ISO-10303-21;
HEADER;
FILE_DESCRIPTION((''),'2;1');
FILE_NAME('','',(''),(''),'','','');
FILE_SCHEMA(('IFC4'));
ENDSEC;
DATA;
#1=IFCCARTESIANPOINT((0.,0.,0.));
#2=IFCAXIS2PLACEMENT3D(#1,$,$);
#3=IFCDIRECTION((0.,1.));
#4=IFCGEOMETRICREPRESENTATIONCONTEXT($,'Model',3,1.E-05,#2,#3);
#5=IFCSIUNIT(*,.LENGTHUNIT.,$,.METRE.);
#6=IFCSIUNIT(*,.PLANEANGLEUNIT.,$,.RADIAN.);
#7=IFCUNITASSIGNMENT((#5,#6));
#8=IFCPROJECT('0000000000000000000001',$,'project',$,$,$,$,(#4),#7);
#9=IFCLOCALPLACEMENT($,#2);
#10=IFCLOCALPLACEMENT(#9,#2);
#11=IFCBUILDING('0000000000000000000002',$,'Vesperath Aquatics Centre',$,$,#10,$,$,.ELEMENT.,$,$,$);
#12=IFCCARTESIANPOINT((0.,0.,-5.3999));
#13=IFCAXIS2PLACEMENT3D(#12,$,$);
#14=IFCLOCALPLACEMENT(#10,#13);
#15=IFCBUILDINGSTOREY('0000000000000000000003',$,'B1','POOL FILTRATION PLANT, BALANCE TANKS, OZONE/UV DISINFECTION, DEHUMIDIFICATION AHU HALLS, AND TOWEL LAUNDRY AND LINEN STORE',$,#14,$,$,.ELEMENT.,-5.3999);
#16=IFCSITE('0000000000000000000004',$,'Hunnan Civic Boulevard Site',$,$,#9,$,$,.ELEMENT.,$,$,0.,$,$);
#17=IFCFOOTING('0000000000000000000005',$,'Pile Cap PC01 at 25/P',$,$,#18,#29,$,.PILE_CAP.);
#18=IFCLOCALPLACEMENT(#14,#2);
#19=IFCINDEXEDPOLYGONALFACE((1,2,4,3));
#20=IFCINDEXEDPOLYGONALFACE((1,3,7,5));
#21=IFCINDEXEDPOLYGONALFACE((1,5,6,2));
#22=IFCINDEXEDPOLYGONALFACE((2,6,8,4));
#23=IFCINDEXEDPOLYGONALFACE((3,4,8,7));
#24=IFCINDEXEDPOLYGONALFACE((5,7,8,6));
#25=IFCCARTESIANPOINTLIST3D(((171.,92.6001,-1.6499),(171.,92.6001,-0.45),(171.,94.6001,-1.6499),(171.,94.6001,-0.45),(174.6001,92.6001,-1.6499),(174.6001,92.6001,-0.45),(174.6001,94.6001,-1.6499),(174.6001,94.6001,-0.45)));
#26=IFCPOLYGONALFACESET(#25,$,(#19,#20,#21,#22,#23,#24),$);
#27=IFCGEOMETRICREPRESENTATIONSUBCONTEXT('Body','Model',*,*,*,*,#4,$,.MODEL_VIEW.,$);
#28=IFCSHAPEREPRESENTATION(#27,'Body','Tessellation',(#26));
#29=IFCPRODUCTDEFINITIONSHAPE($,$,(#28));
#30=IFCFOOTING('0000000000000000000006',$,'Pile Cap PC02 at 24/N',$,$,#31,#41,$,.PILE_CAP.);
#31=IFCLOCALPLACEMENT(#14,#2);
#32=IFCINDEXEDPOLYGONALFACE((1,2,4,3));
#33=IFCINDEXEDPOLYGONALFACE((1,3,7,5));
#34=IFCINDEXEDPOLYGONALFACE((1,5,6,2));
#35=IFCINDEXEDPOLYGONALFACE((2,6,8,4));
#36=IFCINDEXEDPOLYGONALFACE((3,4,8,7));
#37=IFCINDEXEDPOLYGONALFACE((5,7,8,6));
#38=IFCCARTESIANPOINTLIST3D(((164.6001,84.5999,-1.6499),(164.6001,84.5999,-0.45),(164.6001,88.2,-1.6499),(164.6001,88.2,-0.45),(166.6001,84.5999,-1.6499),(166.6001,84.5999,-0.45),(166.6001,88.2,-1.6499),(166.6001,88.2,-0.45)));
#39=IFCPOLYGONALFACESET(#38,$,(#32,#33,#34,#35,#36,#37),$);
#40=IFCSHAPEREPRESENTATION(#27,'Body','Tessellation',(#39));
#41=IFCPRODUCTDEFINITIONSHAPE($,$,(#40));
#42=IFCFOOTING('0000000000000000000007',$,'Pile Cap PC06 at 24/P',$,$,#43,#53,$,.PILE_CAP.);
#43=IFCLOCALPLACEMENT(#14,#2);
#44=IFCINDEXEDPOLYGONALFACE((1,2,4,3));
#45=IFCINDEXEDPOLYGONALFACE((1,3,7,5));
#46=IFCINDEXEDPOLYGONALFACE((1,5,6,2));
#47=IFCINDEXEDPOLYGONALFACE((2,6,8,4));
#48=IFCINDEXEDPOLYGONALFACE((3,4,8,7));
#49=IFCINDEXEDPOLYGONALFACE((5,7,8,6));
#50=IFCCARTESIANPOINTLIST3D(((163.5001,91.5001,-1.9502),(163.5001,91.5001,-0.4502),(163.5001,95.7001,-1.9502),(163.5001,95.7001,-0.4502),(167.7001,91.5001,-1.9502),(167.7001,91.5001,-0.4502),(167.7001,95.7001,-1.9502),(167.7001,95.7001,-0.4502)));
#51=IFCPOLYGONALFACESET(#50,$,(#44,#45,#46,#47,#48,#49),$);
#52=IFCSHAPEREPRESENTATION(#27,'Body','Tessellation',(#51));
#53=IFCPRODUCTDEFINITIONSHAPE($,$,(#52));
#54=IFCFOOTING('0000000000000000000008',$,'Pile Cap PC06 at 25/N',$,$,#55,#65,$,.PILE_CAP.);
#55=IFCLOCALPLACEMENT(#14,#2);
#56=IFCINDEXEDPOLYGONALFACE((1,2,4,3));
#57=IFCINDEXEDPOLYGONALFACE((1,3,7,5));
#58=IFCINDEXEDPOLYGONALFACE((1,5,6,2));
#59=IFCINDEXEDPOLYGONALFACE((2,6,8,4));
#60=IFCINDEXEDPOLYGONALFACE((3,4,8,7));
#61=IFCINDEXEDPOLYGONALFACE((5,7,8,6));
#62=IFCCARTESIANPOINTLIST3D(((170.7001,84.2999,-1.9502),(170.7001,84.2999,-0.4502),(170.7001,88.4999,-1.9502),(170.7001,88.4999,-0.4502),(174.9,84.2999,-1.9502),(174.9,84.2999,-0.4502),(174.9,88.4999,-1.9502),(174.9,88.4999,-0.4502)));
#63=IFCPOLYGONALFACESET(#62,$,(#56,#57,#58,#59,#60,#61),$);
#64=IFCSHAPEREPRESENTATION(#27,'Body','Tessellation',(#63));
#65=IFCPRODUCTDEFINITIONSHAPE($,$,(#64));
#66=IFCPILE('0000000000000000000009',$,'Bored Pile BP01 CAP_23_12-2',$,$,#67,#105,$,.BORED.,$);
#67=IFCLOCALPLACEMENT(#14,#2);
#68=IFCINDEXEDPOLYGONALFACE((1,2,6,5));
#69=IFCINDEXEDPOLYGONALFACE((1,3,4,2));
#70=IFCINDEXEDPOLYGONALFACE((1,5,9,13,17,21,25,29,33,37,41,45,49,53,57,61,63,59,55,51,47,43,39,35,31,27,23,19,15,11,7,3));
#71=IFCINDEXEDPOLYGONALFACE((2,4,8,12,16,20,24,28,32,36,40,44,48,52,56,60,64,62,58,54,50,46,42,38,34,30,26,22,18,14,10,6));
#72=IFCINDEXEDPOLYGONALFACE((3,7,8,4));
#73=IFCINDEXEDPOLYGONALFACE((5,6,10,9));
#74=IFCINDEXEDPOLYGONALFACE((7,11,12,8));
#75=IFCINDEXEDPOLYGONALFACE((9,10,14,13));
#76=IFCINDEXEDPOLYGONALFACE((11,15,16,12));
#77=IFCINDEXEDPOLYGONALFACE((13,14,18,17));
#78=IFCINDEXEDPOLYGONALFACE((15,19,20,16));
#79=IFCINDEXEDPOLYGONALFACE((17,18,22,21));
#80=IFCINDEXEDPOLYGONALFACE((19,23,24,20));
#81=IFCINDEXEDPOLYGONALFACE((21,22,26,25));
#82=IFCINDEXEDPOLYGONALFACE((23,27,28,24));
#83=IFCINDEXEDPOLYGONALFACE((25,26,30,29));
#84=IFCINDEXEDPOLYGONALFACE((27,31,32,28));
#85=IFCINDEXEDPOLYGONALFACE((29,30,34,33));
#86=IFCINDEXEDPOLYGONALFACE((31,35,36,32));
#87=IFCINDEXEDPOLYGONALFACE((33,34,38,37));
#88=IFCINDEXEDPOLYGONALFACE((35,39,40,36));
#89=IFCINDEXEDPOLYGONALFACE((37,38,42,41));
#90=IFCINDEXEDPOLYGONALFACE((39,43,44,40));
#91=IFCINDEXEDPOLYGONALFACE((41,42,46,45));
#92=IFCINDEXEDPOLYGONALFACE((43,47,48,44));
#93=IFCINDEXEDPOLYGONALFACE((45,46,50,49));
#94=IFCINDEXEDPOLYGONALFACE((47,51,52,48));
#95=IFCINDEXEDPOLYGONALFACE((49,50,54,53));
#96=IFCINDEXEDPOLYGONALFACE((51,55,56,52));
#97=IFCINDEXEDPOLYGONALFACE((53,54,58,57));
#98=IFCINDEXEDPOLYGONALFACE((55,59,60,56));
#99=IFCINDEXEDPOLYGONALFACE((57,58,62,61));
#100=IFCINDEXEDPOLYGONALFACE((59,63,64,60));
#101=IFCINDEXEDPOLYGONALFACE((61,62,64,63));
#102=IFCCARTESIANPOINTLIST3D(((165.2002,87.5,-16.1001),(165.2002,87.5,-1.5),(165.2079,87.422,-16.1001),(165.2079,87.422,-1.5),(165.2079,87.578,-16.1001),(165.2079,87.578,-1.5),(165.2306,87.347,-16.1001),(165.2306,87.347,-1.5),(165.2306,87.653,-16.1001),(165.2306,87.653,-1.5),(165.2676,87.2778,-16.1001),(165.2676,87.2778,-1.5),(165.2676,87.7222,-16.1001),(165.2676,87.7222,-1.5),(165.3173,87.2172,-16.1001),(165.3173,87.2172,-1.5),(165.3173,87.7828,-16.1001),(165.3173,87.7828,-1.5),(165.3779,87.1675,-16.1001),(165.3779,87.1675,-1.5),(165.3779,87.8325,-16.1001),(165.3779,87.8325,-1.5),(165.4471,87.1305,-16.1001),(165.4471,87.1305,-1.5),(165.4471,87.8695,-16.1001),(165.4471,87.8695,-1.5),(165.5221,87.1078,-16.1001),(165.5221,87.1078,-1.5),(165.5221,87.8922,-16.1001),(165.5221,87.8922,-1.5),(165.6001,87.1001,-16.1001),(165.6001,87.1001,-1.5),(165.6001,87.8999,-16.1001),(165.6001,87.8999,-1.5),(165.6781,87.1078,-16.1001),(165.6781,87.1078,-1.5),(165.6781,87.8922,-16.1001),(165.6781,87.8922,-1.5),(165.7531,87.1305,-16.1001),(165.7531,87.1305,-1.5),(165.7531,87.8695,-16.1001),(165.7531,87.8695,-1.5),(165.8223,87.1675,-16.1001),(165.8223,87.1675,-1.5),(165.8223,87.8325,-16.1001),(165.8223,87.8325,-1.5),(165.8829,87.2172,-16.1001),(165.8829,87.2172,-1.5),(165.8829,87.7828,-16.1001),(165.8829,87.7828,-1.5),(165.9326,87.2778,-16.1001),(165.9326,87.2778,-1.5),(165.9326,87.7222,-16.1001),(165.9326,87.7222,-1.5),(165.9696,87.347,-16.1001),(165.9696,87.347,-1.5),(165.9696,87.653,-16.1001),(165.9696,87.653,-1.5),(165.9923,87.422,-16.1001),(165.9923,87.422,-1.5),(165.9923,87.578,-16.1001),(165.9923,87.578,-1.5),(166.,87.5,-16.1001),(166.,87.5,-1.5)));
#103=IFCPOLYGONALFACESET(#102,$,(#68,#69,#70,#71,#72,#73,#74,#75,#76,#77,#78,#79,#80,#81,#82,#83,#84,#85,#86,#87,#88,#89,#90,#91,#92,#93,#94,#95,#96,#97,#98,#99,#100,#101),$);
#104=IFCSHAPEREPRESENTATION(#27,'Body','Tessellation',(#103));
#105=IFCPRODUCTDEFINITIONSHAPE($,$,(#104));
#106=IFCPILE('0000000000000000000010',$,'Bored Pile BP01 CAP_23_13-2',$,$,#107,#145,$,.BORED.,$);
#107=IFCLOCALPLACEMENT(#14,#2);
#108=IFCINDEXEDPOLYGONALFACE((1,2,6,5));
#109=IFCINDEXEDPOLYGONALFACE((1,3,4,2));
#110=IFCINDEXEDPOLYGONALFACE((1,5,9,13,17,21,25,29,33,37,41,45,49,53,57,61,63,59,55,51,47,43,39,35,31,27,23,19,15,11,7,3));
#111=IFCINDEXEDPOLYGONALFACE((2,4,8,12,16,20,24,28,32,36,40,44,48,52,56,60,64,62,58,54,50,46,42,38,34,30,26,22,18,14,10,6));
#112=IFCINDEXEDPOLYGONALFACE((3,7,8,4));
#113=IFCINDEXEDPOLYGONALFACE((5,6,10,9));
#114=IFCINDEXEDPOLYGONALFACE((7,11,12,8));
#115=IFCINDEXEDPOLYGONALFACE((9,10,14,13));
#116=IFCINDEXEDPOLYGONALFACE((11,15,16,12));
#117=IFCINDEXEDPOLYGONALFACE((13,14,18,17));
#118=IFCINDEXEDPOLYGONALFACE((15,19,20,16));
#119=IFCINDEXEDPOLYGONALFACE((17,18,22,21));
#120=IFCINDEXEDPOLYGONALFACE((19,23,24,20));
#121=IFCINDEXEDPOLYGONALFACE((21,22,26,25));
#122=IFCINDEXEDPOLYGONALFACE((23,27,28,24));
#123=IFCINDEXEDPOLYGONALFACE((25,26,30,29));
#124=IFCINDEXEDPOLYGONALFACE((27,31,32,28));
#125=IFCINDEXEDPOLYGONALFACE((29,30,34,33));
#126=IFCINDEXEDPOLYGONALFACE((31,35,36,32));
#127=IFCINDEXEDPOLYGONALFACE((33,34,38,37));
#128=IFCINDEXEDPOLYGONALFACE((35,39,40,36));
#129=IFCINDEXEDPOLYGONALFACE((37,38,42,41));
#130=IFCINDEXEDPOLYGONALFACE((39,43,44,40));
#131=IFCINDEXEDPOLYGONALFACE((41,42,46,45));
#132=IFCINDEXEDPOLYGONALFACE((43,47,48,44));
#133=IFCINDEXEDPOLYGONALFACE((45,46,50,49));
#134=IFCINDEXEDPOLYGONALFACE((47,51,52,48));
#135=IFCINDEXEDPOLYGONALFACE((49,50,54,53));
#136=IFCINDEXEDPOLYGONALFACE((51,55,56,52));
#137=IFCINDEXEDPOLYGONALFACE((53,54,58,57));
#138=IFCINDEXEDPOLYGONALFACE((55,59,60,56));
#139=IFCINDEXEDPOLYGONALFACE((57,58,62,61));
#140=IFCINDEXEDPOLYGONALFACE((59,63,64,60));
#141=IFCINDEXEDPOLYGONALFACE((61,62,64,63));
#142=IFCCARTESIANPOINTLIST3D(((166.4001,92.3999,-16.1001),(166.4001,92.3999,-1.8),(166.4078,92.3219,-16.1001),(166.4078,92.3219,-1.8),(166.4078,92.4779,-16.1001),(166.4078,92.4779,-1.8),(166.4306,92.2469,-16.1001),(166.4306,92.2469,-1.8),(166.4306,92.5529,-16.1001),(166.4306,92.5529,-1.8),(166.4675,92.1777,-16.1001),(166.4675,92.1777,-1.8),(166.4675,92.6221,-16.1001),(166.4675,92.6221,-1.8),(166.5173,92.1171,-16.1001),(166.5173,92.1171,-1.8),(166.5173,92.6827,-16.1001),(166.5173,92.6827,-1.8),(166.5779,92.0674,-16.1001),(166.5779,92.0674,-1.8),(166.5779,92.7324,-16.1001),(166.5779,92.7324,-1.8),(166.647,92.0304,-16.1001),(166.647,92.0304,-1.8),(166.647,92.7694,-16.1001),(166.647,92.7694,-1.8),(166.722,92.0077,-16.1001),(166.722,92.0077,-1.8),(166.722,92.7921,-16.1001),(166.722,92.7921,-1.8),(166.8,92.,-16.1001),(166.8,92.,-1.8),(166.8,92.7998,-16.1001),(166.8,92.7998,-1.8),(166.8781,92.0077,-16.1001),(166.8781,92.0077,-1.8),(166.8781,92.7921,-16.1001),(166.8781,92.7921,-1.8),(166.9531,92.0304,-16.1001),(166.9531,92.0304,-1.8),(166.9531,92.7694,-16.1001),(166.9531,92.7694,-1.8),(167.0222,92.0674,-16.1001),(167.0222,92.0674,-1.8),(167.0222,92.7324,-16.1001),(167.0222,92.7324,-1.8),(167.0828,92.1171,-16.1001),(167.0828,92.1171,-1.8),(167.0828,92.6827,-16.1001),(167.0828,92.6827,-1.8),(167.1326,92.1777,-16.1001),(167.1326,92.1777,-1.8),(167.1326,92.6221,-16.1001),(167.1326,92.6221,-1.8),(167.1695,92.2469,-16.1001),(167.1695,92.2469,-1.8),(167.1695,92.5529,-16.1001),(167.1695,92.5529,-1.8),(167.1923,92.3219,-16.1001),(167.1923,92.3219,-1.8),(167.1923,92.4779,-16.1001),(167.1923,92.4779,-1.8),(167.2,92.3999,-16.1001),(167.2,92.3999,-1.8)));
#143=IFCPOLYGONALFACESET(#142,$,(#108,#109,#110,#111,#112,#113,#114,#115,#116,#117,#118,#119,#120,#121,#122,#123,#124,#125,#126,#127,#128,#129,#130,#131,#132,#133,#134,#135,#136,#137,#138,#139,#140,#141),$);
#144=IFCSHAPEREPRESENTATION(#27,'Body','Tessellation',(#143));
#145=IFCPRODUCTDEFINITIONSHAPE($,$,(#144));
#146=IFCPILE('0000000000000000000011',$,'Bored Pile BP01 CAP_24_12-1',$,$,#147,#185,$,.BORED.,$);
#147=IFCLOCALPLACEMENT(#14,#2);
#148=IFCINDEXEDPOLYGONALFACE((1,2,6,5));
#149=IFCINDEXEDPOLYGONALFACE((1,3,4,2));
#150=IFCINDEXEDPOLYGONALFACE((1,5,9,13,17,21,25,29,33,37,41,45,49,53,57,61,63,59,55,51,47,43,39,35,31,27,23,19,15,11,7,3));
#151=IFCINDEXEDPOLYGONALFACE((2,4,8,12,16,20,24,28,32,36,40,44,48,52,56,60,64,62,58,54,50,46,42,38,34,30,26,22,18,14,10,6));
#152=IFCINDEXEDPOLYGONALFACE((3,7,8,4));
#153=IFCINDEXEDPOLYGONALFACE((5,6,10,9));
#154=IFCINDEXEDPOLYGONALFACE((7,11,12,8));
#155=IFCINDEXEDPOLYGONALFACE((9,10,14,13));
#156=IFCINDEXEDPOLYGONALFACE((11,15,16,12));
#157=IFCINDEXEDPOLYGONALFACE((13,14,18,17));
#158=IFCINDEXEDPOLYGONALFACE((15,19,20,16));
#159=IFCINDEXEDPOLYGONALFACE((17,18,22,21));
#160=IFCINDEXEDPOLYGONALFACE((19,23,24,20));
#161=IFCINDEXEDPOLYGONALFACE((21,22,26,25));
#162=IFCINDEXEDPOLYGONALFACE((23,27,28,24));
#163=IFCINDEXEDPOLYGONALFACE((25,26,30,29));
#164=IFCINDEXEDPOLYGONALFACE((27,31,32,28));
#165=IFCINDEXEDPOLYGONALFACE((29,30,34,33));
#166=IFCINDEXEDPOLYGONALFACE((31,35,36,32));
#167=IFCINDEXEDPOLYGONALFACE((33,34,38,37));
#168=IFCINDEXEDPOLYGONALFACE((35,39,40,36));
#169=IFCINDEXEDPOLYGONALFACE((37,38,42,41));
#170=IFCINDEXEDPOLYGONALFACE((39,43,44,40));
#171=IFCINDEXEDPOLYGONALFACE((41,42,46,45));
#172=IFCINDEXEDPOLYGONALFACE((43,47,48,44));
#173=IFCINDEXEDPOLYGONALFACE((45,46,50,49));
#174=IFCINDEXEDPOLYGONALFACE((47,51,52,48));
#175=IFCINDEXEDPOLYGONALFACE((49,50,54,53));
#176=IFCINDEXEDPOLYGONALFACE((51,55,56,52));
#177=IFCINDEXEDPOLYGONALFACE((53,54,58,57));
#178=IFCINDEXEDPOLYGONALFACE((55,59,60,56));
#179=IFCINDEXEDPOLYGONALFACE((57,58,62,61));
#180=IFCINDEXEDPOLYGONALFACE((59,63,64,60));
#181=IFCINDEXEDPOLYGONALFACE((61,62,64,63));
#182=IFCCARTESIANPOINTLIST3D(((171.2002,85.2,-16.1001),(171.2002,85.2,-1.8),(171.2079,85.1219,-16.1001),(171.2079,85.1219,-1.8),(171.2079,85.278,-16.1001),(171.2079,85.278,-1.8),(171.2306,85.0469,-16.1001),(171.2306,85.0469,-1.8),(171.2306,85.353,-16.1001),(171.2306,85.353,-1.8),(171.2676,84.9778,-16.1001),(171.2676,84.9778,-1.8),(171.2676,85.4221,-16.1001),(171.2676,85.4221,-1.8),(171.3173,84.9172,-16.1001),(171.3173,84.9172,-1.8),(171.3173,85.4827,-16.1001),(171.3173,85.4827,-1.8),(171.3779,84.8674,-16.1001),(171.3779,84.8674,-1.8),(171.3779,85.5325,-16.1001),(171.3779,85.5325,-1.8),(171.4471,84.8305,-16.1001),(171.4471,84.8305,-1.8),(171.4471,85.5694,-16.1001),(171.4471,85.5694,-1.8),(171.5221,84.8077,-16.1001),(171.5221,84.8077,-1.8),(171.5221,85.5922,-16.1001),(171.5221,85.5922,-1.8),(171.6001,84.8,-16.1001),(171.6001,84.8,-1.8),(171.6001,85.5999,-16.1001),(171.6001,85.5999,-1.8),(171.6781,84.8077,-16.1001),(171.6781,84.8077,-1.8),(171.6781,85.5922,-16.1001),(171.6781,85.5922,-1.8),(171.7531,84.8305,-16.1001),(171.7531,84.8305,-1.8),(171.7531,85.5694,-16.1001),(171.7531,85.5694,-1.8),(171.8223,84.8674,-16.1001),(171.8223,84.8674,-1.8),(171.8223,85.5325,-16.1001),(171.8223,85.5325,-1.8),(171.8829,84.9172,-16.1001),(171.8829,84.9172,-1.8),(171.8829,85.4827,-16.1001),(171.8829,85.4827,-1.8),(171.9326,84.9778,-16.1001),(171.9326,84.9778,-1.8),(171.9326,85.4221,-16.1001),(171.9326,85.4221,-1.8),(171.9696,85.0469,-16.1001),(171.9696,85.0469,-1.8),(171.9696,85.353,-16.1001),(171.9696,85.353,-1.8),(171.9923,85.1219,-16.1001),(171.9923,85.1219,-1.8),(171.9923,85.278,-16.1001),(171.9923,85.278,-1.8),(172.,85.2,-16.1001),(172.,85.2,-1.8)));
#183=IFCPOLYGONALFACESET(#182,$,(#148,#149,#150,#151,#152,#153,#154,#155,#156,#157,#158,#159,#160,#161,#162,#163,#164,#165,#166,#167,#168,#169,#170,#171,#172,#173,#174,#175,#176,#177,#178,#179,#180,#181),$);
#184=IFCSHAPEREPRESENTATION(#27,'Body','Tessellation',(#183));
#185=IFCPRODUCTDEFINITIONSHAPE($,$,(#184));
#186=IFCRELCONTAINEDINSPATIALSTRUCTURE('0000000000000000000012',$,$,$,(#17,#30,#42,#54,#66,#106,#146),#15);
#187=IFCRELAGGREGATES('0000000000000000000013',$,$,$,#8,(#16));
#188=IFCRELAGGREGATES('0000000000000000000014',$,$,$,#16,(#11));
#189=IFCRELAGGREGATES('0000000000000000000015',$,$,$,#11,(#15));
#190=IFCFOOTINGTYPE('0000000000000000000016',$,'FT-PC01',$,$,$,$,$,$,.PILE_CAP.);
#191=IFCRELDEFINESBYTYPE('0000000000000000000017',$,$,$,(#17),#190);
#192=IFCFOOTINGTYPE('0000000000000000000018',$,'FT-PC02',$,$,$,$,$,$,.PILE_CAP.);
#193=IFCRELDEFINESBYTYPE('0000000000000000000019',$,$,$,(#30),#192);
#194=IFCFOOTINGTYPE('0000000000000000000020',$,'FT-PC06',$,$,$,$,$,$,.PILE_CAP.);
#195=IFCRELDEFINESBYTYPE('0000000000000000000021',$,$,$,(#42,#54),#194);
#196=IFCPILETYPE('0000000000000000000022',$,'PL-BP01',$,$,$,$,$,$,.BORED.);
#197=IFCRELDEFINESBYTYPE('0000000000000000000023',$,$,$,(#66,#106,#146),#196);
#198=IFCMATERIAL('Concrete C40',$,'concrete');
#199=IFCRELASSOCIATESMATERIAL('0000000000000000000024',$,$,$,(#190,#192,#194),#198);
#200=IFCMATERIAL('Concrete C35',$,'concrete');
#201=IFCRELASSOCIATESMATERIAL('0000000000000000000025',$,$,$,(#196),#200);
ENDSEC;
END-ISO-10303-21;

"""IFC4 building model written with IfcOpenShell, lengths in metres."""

from ifc_helpers import new_model, si_unit, direction, frame, origin, origin_2d, place, context, subcontext, project, spatial, rectangle, circle, extrude, material, material_profile, profile_set, type_object, element, save


model = new_model("IFC4")

# Units and contexts
model_context = context("Model", 3, precision=1e-05, world=origin(), true_north=direction((0.0, 1.0)))
body_context = subcontext(model_context, "Body", "Model", "MODEL_VIEW")
ifc_project = project(units=[si_unit("LENGTHUNIT", "METRE"), si_unit("PLANEANGLEUNIT", "RADIAN")], contexts=[model_context])

# Site, building, storey
site_placement = place(None, origin())
site = spatial("IfcSite", under=ifc_project, at=site_placement, Name="Hunnan Civic Boulevard Site", CompositionType="ELEMENT", RefElevation=0.0)
building_placement = place(site_placement, origin())
building = spatial("IfcBuilding", under=site, at=building_placement, Name="Vesperath Aquatics Centre", CompositionType="ELEMENT")
storey_placement = place(building_placement, frame((0.0, 0.0, -5.3999)))
storey = spatial("IfcBuildingStorey", under=building, at=storey_placement, Name="B1", Description="POOL FILTRATION PLANT, BALANCE TANKS, OZONE/UV DISINFECTION, DEHUMIDIFICATION AHU HALLS, AND TOWEL LAUNDRY AND LINEN STORE", CompositionType="ELEMENT", Elevation=-5.3999)

# Footings
ifc_material_1 = material(Name="Concrete C40", Category="concrete")
footing_type_1 = type_object("IfcFootingType", Name="FT-PC01", PredefinedType="PILE_CAP", material=ifc_material_1)
footing_1_placement = place(storey_placement, frame((172.8, 93.6001, -1.6499), z_axis=(0.0, 0.0, 1.0), x_axis=(1.0, 0.0, 0.0)))
element("IfcFooting", 1, at=footing_1_placement, inside=storey, type_object=footing_type_1, Name="Pile Cap PC01 at 25/P", PredefinedType="PILE_CAP", context=body_context, shape_type="SweptSolid", body=[
    extrude(rectangle(XDim=3.6001, YDim=2.0, at=origin_2d()), origin(), (0.0, 0.0, 1.0), 1.2),
])
footing_type_2 = type_object("IfcFootingType", Name="FT-PC02", PredefinedType="PILE_CAP", material=ifc_material_1)
footing_2_placement = place(storey_placement, frame((165.6001, 86.3999, -1.6499), z_axis=(0.0, 0.0, 1.0), x_axis=(1.0, 0.0, 0.0)))
element("IfcFooting", 2, at=footing_2_placement, inside=storey, type_object=footing_type_2, Name="Pile Cap PC02 at 24/N", PredefinedType="PILE_CAP", context=body_context, shape_type="SweptSolid", body=[
    extrude(rectangle(XDim=2.0, YDim=3.6001, at=origin_2d()), origin(), (0.0, 0.0, 1.0), 1.2),
])
footing_type_3 = type_object("IfcFootingType", Name="FT-PC06", PredefinedType="PILE_CAP", material=ifc_material_1)
for number, where, z_axis, x_axis, name in (
    (3, (165.6001, 93.6001, -1.9502), (0.0, 0.0, 1.0), (1.0, 0.0, 0.0), "Pile Cap PC06 at 24/P"),
    (4, (172.8, 86.3999, -1.9502), (0.0, 0.0, 1.0), (1.0, 0.0, 0.0), "Pile Cap PC06 at 25/N"),
):
    element("IfcFooting", number, at=place(storey_placement, frame(where, z_axis=z_axis, x_axis=x_axis)), inside=storey, type_object=footing_type_3, Name=name, PredefinedType="PILE_CAP", context=body_context, shape_type="SweptSolid", body=[
        extrude(rectangle(XDim=4.2, YDim=4.2, at=origin_2d()), origin(), (0.0, 0.0, 1.0), 1.5),
    ])

# Piles
ifc_material_2 = material(Name="Concrete C35", Category="concrete")
ifc_material_profile_1 = material_profile(ifc_material_2, circle(Radius=0.3999, at=origin_2d()), Name="PILE D800")
ifc_profile_set_1 = profile_set([ifc_material_profile_1], Name="Concrete C35")
pile_type = type_object("IfcPileType", Name="PL-BP01", PredefinedType="BORED", material=ifc_profile_set_1)
pile_placement = place(storey_placement, frame((165.6001, 87.5, -1.5), z_axis=(0.0, 0.0, -1.0), x_axis=(1.0, 0.0, 0.0)))
element("IfcPile", 5, at=pile_placement, inside=storey, type_object=pile_type, Name="Bored Pile BP01 CAP_23_12-2", PredefinedType="BORED", context=body_context, shape_type="SweptSolid", body=[
    extrude(circle(Radius=0.3999, at=origin_2d()), origin(), (0.0, 0.0, 1.0), 14.6001),
])
for number, where, z_axis, x_axis, name in (
    (6, (166.8, 92.3999, -1.8), (0.0, 0.0, -1.0), (1.0, 0.0, 0.0), "Bored Pile BP01 CAP_23_13-2"),
    (7, (171.6001, 85.2, -1.8), (0.0, 0.0, -1.0), (1.0, 0.0, 0.0), "Bored Pile BP01 CAP_24_12-1"),
):
    element("IfcPile", number, at=place(storey_placement, frame(where, z_axis=z_axis, x_axis=x_axis)), inside=storey, type_object=pile_type, Name=name, PredefinedType="BORED", context=body_context, shape_type="SweptSolid", body=[
        extrude(circle(Radius=0.3999, at=origin_2d()), origin(), (0.0, 0.0, 1.0), 14.3),
    ])

save(model, "model.ifc")
